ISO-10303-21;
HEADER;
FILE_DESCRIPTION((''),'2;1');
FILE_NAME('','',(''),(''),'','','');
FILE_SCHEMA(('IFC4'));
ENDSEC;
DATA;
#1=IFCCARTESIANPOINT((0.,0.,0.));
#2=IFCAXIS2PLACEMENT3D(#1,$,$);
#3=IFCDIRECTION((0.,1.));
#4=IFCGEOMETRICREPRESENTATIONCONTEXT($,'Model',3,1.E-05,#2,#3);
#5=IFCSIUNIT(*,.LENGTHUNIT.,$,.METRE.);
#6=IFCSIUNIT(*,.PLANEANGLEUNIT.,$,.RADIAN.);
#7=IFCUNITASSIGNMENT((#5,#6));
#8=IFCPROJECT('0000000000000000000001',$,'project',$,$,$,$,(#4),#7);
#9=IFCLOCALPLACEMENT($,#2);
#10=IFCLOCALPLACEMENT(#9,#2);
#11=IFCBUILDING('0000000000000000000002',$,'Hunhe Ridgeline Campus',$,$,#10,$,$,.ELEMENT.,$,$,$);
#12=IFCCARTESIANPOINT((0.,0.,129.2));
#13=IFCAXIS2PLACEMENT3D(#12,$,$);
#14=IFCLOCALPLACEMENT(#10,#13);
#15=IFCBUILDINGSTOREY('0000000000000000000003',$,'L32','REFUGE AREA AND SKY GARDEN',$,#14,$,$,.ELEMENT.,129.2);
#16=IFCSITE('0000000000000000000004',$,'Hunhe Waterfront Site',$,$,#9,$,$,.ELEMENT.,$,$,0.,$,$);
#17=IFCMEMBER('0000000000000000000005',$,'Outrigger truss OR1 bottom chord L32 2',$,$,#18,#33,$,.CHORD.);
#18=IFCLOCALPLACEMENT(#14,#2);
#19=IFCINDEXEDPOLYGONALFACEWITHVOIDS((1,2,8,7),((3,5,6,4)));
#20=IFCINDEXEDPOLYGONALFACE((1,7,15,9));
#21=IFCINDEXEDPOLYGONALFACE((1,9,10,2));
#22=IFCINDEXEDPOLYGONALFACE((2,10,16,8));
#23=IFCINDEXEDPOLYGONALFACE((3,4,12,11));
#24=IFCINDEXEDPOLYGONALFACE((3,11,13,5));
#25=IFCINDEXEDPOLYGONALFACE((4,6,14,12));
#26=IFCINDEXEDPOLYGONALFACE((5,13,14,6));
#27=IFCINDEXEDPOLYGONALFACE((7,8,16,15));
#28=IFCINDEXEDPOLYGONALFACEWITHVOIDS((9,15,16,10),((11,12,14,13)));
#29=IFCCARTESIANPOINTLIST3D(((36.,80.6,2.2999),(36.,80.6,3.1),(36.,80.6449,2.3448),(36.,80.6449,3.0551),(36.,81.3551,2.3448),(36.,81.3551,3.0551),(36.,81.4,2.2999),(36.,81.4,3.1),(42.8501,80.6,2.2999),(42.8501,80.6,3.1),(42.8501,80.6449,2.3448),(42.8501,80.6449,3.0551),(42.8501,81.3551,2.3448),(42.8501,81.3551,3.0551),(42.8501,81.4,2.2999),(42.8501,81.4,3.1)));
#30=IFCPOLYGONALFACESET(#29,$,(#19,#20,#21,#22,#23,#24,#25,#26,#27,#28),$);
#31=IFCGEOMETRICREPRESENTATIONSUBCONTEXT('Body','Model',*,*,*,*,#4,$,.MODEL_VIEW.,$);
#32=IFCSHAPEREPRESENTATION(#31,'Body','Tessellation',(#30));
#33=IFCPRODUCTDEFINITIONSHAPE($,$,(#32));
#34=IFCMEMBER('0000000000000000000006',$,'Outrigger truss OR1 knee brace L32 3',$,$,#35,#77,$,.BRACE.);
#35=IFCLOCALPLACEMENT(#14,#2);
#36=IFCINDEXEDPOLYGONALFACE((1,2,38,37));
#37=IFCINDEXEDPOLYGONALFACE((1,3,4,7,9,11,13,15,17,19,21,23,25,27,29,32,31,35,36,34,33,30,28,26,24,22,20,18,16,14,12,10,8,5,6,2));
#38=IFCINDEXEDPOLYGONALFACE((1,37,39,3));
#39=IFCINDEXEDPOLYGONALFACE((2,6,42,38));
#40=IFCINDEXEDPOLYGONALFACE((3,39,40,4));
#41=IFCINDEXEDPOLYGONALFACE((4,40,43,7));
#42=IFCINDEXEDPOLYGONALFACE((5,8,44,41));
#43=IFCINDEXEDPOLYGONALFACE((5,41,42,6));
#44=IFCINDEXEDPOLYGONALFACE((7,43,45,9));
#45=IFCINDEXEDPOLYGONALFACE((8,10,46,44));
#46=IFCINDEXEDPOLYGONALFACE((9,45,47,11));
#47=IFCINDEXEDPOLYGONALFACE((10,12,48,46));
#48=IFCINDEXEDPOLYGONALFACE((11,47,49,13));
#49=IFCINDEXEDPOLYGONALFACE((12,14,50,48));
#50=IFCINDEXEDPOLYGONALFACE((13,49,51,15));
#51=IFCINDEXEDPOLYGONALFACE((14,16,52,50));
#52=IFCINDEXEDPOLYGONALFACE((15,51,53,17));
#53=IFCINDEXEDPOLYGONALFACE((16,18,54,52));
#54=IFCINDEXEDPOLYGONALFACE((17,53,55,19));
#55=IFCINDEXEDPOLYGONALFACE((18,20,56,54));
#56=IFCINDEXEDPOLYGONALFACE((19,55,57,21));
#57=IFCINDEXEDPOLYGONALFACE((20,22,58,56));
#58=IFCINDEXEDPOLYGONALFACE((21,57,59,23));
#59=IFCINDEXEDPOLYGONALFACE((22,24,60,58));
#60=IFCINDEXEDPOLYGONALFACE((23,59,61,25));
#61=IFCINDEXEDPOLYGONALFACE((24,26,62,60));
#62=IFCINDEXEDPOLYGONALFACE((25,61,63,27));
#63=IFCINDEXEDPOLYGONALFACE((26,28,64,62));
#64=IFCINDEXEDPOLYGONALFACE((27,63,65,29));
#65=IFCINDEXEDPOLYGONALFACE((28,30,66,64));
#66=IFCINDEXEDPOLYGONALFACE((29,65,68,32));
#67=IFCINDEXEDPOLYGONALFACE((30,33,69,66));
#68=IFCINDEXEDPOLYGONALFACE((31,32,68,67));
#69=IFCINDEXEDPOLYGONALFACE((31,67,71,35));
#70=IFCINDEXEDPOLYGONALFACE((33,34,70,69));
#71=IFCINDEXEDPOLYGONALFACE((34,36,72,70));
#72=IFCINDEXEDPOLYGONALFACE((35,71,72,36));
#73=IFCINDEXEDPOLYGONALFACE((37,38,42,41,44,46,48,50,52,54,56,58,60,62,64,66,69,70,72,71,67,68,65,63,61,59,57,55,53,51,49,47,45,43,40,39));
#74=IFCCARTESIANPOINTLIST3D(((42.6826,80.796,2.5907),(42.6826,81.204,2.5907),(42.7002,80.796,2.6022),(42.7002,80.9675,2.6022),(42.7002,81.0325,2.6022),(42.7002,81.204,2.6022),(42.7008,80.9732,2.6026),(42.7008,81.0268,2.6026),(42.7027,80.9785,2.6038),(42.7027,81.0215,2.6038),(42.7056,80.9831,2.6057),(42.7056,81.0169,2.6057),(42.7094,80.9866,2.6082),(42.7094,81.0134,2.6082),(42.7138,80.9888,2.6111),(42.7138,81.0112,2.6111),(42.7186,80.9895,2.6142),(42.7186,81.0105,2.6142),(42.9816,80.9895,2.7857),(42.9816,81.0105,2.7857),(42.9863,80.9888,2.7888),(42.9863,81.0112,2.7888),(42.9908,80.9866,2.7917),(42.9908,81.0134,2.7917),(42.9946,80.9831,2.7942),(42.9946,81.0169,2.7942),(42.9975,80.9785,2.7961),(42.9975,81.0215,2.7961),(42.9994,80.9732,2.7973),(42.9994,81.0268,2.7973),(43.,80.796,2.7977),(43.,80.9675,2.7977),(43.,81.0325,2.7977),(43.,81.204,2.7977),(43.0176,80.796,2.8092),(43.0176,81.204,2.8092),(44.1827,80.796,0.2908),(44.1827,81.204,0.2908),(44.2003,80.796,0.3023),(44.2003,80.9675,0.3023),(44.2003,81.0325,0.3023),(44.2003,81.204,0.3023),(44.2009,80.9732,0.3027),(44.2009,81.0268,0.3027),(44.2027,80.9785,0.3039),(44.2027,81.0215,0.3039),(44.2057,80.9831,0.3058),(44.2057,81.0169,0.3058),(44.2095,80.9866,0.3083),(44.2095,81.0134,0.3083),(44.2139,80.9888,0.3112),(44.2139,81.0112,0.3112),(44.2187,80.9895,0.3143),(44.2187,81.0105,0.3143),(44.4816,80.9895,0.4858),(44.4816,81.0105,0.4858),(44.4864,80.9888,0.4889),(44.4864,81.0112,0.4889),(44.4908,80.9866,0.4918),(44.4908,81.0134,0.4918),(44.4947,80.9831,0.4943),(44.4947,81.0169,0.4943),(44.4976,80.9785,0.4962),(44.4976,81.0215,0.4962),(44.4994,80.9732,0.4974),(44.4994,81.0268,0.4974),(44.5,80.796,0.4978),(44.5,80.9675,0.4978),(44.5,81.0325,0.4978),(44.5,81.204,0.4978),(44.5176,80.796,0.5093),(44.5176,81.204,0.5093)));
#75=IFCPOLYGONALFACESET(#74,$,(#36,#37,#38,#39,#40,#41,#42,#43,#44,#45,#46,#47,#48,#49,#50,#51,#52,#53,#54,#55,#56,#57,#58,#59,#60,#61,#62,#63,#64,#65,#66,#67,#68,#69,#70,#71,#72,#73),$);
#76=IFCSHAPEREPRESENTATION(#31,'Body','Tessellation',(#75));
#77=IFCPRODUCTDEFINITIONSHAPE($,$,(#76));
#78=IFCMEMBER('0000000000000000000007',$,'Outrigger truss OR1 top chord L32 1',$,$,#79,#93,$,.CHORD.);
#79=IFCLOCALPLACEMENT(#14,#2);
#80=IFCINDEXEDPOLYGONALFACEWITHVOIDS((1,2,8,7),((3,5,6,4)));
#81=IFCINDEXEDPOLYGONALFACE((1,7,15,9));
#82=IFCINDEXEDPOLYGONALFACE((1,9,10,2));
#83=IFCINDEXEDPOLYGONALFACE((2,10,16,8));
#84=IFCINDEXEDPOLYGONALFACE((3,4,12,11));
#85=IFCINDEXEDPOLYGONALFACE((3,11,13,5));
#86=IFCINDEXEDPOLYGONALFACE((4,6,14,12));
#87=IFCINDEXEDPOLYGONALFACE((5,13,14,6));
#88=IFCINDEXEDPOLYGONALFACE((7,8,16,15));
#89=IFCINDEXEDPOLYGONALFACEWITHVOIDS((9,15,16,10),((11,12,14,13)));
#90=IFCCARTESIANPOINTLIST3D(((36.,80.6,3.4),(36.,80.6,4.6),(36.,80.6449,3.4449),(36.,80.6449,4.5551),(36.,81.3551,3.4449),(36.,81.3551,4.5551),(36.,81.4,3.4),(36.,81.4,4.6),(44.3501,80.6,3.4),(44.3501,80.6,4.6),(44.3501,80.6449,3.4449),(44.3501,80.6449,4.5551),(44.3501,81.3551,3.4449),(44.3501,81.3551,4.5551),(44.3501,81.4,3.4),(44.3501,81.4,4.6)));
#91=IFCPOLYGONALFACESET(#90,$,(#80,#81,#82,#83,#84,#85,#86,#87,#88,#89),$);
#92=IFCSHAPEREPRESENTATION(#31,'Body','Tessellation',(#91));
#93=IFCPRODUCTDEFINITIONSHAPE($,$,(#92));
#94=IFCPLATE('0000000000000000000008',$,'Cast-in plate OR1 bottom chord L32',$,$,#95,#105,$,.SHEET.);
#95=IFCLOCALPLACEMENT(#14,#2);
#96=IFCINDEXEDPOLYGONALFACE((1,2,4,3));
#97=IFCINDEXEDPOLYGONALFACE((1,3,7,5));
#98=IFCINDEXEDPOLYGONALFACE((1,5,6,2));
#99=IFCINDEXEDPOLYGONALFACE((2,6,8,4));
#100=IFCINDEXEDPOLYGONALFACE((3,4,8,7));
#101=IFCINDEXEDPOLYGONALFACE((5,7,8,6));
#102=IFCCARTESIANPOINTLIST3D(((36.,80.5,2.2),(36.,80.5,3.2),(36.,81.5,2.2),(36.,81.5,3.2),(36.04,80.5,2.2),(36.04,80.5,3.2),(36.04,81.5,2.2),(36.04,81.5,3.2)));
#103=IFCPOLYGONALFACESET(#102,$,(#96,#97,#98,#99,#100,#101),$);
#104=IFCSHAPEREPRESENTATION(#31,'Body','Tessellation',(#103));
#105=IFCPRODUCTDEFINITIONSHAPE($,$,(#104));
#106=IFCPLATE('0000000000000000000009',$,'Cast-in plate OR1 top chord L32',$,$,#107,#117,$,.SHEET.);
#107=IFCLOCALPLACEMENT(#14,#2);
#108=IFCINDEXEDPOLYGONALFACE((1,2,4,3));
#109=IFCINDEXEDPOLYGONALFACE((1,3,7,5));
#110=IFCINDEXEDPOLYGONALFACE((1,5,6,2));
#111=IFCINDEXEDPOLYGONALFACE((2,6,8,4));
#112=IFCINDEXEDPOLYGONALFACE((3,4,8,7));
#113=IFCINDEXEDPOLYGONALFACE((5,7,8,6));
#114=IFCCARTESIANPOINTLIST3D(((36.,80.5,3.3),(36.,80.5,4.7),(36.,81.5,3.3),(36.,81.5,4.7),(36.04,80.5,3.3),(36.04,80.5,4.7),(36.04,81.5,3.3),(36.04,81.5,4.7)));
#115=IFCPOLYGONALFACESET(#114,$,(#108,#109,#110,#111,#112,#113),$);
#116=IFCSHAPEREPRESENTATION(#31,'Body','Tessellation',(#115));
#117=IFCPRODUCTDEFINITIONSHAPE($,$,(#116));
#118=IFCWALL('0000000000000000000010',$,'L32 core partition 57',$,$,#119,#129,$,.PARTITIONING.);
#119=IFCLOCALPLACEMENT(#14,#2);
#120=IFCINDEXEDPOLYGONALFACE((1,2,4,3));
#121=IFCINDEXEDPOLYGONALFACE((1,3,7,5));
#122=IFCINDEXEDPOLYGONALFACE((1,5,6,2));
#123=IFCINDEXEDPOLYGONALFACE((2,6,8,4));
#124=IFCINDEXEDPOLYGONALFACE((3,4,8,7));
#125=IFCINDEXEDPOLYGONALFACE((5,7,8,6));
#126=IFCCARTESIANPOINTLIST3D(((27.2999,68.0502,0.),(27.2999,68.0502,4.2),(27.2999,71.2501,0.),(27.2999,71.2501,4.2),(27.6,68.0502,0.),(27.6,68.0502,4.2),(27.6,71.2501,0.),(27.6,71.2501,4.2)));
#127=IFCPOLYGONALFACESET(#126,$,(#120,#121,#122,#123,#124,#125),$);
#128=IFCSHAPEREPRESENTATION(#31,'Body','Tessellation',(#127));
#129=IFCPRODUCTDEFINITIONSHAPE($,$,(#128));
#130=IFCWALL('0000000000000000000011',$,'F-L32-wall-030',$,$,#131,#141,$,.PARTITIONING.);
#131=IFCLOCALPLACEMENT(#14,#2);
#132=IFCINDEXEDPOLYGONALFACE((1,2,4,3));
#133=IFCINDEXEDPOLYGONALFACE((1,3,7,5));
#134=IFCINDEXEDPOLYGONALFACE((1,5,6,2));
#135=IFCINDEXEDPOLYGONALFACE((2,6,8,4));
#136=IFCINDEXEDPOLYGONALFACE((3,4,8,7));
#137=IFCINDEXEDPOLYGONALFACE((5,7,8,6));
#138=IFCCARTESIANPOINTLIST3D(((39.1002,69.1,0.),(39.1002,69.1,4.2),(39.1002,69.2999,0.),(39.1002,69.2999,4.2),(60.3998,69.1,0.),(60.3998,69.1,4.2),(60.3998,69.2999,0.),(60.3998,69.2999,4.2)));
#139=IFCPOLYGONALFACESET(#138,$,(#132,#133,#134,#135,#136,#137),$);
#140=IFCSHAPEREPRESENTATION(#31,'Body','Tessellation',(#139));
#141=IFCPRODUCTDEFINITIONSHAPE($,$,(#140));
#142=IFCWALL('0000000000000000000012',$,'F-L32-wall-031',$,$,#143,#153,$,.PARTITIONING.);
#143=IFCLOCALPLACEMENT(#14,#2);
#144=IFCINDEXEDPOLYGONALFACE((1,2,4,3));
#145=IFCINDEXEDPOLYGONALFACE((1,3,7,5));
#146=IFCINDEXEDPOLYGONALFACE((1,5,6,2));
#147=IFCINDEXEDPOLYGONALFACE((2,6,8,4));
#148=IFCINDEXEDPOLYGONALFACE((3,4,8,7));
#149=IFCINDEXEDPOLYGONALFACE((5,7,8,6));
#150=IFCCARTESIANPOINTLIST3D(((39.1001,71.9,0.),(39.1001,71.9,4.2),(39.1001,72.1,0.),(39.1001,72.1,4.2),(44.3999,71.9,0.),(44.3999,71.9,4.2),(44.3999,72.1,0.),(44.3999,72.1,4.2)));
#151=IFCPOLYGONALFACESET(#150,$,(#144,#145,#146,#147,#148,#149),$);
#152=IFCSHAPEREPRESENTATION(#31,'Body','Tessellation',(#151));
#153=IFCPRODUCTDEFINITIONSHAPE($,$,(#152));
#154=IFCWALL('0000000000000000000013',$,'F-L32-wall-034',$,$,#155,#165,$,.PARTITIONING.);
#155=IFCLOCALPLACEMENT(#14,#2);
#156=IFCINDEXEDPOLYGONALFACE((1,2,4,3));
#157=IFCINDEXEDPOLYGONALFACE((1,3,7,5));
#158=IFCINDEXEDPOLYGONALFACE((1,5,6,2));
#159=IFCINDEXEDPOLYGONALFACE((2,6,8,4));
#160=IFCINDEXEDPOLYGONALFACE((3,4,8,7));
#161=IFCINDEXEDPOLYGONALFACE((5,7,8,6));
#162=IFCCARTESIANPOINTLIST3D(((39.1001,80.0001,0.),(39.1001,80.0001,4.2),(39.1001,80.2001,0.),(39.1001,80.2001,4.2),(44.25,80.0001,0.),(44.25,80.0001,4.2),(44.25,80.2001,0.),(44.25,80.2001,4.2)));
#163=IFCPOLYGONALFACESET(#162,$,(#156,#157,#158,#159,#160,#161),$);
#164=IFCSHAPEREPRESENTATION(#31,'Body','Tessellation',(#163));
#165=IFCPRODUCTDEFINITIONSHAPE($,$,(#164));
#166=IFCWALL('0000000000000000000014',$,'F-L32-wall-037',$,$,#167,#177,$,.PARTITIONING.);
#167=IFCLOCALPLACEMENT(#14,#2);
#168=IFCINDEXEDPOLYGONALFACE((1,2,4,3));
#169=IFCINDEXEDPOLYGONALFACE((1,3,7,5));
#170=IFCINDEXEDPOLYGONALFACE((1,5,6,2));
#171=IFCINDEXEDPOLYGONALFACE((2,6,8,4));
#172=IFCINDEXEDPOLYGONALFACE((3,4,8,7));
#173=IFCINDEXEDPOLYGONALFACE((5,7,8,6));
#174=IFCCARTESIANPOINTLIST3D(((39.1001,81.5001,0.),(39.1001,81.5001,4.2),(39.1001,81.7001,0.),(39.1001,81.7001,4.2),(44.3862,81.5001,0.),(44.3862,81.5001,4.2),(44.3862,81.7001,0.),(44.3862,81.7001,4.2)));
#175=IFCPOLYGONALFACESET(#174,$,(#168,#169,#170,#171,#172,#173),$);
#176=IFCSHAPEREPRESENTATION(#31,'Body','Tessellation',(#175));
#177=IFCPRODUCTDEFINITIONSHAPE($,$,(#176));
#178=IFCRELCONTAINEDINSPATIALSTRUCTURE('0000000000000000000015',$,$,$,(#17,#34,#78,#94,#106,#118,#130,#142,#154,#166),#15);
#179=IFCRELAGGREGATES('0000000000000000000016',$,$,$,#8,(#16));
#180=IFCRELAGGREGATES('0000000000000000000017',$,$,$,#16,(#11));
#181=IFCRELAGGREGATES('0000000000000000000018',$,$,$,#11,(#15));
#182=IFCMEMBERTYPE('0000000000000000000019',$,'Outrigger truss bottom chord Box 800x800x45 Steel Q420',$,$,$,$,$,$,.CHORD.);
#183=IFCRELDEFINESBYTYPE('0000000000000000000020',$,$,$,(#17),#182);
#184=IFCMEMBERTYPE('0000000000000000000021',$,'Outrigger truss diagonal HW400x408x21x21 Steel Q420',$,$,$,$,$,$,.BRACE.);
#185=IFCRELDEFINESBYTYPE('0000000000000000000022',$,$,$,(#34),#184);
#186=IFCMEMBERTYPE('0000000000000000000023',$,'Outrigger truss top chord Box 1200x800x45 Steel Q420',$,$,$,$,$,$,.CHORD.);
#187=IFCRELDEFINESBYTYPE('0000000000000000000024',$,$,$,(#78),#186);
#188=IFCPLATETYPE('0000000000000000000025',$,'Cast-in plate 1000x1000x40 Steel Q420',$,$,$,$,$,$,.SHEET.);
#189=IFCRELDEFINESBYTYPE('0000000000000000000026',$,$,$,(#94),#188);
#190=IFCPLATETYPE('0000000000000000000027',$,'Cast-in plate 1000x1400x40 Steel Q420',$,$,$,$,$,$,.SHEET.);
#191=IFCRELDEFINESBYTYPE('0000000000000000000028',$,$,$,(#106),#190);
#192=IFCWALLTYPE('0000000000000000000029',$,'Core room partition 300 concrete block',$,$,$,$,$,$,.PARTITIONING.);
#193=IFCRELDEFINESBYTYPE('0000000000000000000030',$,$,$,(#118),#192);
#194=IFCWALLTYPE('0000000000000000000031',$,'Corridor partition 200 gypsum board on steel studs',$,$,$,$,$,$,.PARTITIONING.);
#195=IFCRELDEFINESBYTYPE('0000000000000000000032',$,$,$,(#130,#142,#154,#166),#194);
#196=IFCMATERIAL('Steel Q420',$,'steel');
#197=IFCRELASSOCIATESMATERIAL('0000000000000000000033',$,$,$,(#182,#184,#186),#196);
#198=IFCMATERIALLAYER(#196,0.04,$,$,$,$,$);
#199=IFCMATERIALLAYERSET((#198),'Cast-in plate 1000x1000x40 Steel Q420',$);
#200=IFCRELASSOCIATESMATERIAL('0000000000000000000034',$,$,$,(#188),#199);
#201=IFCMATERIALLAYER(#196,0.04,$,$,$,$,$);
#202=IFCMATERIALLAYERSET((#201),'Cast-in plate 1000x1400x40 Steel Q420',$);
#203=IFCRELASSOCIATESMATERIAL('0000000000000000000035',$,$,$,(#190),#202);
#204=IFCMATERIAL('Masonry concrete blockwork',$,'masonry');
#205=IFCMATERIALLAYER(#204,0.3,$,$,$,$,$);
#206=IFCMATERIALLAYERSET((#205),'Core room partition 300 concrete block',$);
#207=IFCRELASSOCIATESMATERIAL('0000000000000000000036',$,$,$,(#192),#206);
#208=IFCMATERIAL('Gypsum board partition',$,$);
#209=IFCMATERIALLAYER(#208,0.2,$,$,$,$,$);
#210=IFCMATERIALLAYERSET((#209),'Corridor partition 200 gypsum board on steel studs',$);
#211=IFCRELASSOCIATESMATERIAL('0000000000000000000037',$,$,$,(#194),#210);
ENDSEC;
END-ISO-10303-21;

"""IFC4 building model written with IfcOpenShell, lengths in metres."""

from ifc_helpers import new_model, si_unit, direction, frame, frame_2d, origin, origin_2d, place, context, subcontext, project, spatial, rectangle, hollow_rectangle, i_section, extrude, material, layer, layer_set, material_profile, profile_set, type_object, element, save


model = new_model("IFC4")

# Units and contexts
model_context = context("Model", 3, precision=1e-05, world=origin(), true_north=direction((0.0, 1.0)))
body_context = subcontext(model_context, "Body", "Model", "MODEL_VIEW")
ifc_project = project(units=[si_unit("LENGTHUNIT", "METRE"), si_unit("PLANEANGLEUNIT", "RADIAN")], contexts=[model_context])

# Site, building, storey
site_placement = place(None, origin())
site = spatial("IfcSite", under=ifc_project, at=site_placement, Name="Hunhe Waterfront Site", CompositionType="ELEMENT", RefElevation=0.0)
building_placement = place(site_placement, origin())
building = spatial("IfcBuilding", under=site, at=building_placement, Name="Hunhe Ridgeline Campus", CompositionType="ELEMENT")
storey_placement = place(building_placement, frame((0.0, 0.0, 129.2)))
storey = spatial("IfcBuildingStorey", under=building, at=storey_placement, Name="L32", Description="REFUGE AREA AND SKY GARDEN", CompositionType="ELEMENT", Elevation=129.2)

# Members
ifc_material_1 = material(Name="Steel Q420", Category="steel")
ifc_material_profile_1 = material_profile(ifc_material_1, hollow_rectangle(XDim=0.8, YDim=0.8, WallThickness=0.0449, at=origin_2d()))
ifc_profile_set_1 = profile_set([ifc_material_profile_1], Name="Steel Q420")
member_type_1 = type_object("IfcMemberType", Name="Outrigger truss bottom chord Box 800x800x45 Steel Q420", PredefinedType="CHORD", material=ifc_profile_set_1)
member_1_placement = place(storey_placement, frame((36.0, 81.0, 2.7), z_axis=(1.0, 0.0, 0.0), x_axis=(0.0, 1.0, 0.0)))
element("IfcMember", 1, at=member_1_placement, inside=storey, type_object=member_type_1, Name="Outrigger truss OR1 bottom chord L32 2", PredefinedType="CHORD", context=body_context, shape_type="SweptSolid", body=[
    extrude(hollow_rectangle(XDim=0.8, YDim=0.8, WallThickness=0.0449, at=origin_2d()), origin(), (0.0, 0.0, 1.0), 6.8501),
])
ifc_material_profile_2 = material_profile(ifc_material_1, i_section(OverallWidth=0.408, OverallDepth=0.3999, WebThickness=0.021, FlangeThickness=0.021, FilletRadius=0.022, at=origin_2d()))
ifc_profile_set_2 = profile_set([ifc_material_profile_2], Name="Steel Q420")
member_type_2 = type_object("IfcMemberType", Name="Outrigger truss diagonal HW400x408x21x21 Steel Q420", PredefinedType="BRACE", material=ifc_profile_set_2)
member_2_placement = place(storey_placement, frame((42.8501, 81.0, 2.7), z_axis=(0.5463, 0.0, -0.837589), x_axis=(0.0, 1.0, 0.0)))
element("IfcMember", 2, at=member_2_placement, inside=storey, type_object=member_type_2, Name="Outrigger truss OR1 knee brace L32 3", PredefinedType="BRACE", context=body_context, shape_type="SweptSolid", body=[
    extrude(i_section(OverallWidth=0.408, OverallDepth=0.3999, WebThickness=0.021, FlangeThickness=0.021, FilletRadius=0.022, at=origin_2d()), origin(), (0.0, 0.0, 1.0), 2.7458),
])
ifc_material_profile_3 = material_profile(ifc_material_1, hollow_rectangle(XDim=0.8, YDim=1.2, WallThickness=0.0449, at=origin_2d()))
ifc_profile_set_3 = profile_set([ifc_material_profile_3], Name="Steel Q420")
member_type_3 = type_object("IfcMemberType", Name="Outrigger truss top chord Box 1200x800x45 Steel Q420", PredefinedType="CHORD", material=ifc_profile_set_3)
member_3_placement = place(storey_placement, frame((36.0, 81.0, 4.0), z_axis=(1.0, 0.0, 0.0), x_axis=(0.0, 1.0, 0.0)))
element("IfcMember", 3, at=member_3_placement, inside=storey, type_object=member_type_3, Name="Outrigger truss OR1 top chord L32 1", PredefinedType="CHORD", context=body_context, shape_type="SweptSolid", body=[
    extrude(hollow_rectangle(XDim=0.8, YDim=1.2, WallThickness=0.0449, at=origin_2d()), origin(), (0.0, 0.0, 1.0), 8.3501),
])

# Plates
ifc_layer_1 = layer(ifc_material_1, 0.04)
ifc_layer_set_1 = layer_set([ifc_layer_1], Name="Cast-in plate 1000x1000x40 Steel Q420")
plate_type_1 = type_object("IfcPlateType", Name="Cast-in plate 1000x1000x40 Steel Q420", PredefinedType="SHEET", material=ifc_layer_set_1)
plate_1_placement = place(storey_placement, frame((36.02, 81.0, 2.2), z_axis=(0.0, 0.0, 1.0), x_axis=(1.0, 0.0, 0.0)))
element("IfcPlate", 4, at=plate_1_placement, inside=storey, type_object=plate_type_1, Name="Cast-in plate OR1 bottom chord L32", PredefinedType="SHEET", context=body_context, shape_type="SweptSolid", body=[
    extrude(rectangle(XDim=0.04, YDim=1.0, at=origin_2d()), origin(), (0.0, 0.0, 1.0), 1.0),
])
ifc_layer_2 = layer(ifc_material_1, 0.04)
ifc_layer_set_2 = layer_set([ifc_layer_2], Name="Cast-in plate 1000x1400x40 Steel Q420")
plate_type_2 = type_object("IfcPlateType", Name="Cast-in plate 1000x1400x40 Steel Q420", PredefinedType="SHEET", material=ifc_layer_set_2)
plate_2_placement = place(storey_placement, frame((36.02, 81.0, 3.3), z_axis=(0.0, 0.0, 1.0), x_axis=(1.0, 0.0, 0.0)))
element("IfcPlate", 5, at=plate_2_placement, inside=storey, type_object=plate_type_2, Name="Cast-in plate OR1 top chord L32", PredefinedType="SHEET", context=body_context, shape_type="SweptSolid", body=[
    extrude(rectangle(XDim=0.04, YDim=1.0, at=origin_2d()), origin(), (0.0, 0.0, 1.0), 1.3999),
])

# Walls
ifc_material_2 = material(Name="Masonry concrete blockwork", Category="masonry")
ifc_layer_3 = layer(ifc_material_2, 0.3)
ifc_layer_set_3 = layer_set([ifc_layer_3], Name="Core room partition 300 concrete block")
wall_type_1 = type_object("IfcWallType", Name="Core room partition 300 concrete block", PredefinedType="PARTITIONING", material=ifc_layer_set_3)
wall_1_placement = place(storey_placement, frame((27.45, 68.05, 0.0), z_axis=(0.0, 0.0, 1.0), x_axis=(0.0, 1.0, 0.0)))
element("IfcWall", 6, at=wall_1_placement, inside=storey, type_object=wall_type_1, Name="L32 core partition 57", PredefinedType="PARTITIONING", context=body_context, shape_type="SweptSolid", body=[
    extrude(rectangle(XDim=3.2, YDim=0.3, at=frame_2d((1.6001, 0.0))), origin(), (0.0, 0.0, 1.0), 4.2),
])
ifc_material_3 = material(Name="Gypsum board partition")
ifc_layer_4 = layer(ifc_material_3, 0.2)
ifc_layer_set_4 = layer_set([ifc_layer_4], Name="Corridor partition 200 gypsum board on steel studs")
wall_type_2 = type_object("IfcWallType", Name="Corridor partition 200 gypsum board on steel studs", PredefinedType="PARTITIONING", material=ifc_layer_set_4)
wall_2_placement = place(storey_placement, frame((39.1001, 69.2, 0.0), z_axis=(0.0, 0.0, 1.0), x_axis=(1.0, 0.0, 0.0)))
element("IfcWall", 7, at=wall_2_placement, inside=storey, type_object=wall_type_2, Name="F-L32-wall-030", PredefinedType="PARTITIONING", context=body_context, shape_type="SweptSolid", body=[
    extrude(rectangle(XDim=21.2996, YDim=0.2, at=frame_2d((10.6499, 0.0))), origin(), (0.0, 0.0, 1.0), 4.2),
])
wall_3_placement = place(storey_placement, frame((39.1001, 72.0, 0.0), z_axis=(0.0, 0.0, 1.0), x_axis=(1.0, 0.0, 0.0)))
element("IfcWall", 8, at=wall_3_placement, inside=storey, type_object=wall_type_2, Name="F-L32-wall-031", PredefinedType="PARTITIONING", context=body_context, shape_type="SweptSolid", body=[
    extrude(rectangle(XDim=5.2998, YDim=0.2, at=frame_2d((2.6499, 0.0))), origin(), (0.0, 0.0, 1.0), 4.2),
])
wall_4_placement = place(storey_placement, frame((39.1001, 80.1001, 0.0), z_axis=(0.0, 0.0, 1.0), x_axis=(1.0, 0.0, 0.0)))
element("IfcWall", 9, at=wall_4_placement, inside=storey, type_object=wall_type_2, Name="F-L32-wall-034", PredefinedType="PARTITIONING", context=body_context, shape_type="SweptSolid", body=[
    extrude(rectangle(XDim=5.1499, YDim=0.2, at=frame_2d((2.575, 0.0))), origin(), (0.0, 0.0, 1.0), 4.2),
])
wall_5_placement = place(storey_placement, frame((39.1001, 81.6001, 0.0), z_axis=(0.0, 0.0, 1.0), x_axis=(1.0, 0.0, 0.0)))
element("IfcWall", 10, at=wall_5_placement, inside=storey, type_object=wall_type_2, Name="F-L32-wall-037", PredefinedType="PARTITIONING", context=body_context, shape_type="SweptSolid", body=[
    extrude(rectangle(XDim=5.2861, YDim=0.2, at=frame_2d((2.6431, 0.0))), origin(), (0.0, 0.0, 1.0), 4.2),
])

save(model, "model.ifc")
